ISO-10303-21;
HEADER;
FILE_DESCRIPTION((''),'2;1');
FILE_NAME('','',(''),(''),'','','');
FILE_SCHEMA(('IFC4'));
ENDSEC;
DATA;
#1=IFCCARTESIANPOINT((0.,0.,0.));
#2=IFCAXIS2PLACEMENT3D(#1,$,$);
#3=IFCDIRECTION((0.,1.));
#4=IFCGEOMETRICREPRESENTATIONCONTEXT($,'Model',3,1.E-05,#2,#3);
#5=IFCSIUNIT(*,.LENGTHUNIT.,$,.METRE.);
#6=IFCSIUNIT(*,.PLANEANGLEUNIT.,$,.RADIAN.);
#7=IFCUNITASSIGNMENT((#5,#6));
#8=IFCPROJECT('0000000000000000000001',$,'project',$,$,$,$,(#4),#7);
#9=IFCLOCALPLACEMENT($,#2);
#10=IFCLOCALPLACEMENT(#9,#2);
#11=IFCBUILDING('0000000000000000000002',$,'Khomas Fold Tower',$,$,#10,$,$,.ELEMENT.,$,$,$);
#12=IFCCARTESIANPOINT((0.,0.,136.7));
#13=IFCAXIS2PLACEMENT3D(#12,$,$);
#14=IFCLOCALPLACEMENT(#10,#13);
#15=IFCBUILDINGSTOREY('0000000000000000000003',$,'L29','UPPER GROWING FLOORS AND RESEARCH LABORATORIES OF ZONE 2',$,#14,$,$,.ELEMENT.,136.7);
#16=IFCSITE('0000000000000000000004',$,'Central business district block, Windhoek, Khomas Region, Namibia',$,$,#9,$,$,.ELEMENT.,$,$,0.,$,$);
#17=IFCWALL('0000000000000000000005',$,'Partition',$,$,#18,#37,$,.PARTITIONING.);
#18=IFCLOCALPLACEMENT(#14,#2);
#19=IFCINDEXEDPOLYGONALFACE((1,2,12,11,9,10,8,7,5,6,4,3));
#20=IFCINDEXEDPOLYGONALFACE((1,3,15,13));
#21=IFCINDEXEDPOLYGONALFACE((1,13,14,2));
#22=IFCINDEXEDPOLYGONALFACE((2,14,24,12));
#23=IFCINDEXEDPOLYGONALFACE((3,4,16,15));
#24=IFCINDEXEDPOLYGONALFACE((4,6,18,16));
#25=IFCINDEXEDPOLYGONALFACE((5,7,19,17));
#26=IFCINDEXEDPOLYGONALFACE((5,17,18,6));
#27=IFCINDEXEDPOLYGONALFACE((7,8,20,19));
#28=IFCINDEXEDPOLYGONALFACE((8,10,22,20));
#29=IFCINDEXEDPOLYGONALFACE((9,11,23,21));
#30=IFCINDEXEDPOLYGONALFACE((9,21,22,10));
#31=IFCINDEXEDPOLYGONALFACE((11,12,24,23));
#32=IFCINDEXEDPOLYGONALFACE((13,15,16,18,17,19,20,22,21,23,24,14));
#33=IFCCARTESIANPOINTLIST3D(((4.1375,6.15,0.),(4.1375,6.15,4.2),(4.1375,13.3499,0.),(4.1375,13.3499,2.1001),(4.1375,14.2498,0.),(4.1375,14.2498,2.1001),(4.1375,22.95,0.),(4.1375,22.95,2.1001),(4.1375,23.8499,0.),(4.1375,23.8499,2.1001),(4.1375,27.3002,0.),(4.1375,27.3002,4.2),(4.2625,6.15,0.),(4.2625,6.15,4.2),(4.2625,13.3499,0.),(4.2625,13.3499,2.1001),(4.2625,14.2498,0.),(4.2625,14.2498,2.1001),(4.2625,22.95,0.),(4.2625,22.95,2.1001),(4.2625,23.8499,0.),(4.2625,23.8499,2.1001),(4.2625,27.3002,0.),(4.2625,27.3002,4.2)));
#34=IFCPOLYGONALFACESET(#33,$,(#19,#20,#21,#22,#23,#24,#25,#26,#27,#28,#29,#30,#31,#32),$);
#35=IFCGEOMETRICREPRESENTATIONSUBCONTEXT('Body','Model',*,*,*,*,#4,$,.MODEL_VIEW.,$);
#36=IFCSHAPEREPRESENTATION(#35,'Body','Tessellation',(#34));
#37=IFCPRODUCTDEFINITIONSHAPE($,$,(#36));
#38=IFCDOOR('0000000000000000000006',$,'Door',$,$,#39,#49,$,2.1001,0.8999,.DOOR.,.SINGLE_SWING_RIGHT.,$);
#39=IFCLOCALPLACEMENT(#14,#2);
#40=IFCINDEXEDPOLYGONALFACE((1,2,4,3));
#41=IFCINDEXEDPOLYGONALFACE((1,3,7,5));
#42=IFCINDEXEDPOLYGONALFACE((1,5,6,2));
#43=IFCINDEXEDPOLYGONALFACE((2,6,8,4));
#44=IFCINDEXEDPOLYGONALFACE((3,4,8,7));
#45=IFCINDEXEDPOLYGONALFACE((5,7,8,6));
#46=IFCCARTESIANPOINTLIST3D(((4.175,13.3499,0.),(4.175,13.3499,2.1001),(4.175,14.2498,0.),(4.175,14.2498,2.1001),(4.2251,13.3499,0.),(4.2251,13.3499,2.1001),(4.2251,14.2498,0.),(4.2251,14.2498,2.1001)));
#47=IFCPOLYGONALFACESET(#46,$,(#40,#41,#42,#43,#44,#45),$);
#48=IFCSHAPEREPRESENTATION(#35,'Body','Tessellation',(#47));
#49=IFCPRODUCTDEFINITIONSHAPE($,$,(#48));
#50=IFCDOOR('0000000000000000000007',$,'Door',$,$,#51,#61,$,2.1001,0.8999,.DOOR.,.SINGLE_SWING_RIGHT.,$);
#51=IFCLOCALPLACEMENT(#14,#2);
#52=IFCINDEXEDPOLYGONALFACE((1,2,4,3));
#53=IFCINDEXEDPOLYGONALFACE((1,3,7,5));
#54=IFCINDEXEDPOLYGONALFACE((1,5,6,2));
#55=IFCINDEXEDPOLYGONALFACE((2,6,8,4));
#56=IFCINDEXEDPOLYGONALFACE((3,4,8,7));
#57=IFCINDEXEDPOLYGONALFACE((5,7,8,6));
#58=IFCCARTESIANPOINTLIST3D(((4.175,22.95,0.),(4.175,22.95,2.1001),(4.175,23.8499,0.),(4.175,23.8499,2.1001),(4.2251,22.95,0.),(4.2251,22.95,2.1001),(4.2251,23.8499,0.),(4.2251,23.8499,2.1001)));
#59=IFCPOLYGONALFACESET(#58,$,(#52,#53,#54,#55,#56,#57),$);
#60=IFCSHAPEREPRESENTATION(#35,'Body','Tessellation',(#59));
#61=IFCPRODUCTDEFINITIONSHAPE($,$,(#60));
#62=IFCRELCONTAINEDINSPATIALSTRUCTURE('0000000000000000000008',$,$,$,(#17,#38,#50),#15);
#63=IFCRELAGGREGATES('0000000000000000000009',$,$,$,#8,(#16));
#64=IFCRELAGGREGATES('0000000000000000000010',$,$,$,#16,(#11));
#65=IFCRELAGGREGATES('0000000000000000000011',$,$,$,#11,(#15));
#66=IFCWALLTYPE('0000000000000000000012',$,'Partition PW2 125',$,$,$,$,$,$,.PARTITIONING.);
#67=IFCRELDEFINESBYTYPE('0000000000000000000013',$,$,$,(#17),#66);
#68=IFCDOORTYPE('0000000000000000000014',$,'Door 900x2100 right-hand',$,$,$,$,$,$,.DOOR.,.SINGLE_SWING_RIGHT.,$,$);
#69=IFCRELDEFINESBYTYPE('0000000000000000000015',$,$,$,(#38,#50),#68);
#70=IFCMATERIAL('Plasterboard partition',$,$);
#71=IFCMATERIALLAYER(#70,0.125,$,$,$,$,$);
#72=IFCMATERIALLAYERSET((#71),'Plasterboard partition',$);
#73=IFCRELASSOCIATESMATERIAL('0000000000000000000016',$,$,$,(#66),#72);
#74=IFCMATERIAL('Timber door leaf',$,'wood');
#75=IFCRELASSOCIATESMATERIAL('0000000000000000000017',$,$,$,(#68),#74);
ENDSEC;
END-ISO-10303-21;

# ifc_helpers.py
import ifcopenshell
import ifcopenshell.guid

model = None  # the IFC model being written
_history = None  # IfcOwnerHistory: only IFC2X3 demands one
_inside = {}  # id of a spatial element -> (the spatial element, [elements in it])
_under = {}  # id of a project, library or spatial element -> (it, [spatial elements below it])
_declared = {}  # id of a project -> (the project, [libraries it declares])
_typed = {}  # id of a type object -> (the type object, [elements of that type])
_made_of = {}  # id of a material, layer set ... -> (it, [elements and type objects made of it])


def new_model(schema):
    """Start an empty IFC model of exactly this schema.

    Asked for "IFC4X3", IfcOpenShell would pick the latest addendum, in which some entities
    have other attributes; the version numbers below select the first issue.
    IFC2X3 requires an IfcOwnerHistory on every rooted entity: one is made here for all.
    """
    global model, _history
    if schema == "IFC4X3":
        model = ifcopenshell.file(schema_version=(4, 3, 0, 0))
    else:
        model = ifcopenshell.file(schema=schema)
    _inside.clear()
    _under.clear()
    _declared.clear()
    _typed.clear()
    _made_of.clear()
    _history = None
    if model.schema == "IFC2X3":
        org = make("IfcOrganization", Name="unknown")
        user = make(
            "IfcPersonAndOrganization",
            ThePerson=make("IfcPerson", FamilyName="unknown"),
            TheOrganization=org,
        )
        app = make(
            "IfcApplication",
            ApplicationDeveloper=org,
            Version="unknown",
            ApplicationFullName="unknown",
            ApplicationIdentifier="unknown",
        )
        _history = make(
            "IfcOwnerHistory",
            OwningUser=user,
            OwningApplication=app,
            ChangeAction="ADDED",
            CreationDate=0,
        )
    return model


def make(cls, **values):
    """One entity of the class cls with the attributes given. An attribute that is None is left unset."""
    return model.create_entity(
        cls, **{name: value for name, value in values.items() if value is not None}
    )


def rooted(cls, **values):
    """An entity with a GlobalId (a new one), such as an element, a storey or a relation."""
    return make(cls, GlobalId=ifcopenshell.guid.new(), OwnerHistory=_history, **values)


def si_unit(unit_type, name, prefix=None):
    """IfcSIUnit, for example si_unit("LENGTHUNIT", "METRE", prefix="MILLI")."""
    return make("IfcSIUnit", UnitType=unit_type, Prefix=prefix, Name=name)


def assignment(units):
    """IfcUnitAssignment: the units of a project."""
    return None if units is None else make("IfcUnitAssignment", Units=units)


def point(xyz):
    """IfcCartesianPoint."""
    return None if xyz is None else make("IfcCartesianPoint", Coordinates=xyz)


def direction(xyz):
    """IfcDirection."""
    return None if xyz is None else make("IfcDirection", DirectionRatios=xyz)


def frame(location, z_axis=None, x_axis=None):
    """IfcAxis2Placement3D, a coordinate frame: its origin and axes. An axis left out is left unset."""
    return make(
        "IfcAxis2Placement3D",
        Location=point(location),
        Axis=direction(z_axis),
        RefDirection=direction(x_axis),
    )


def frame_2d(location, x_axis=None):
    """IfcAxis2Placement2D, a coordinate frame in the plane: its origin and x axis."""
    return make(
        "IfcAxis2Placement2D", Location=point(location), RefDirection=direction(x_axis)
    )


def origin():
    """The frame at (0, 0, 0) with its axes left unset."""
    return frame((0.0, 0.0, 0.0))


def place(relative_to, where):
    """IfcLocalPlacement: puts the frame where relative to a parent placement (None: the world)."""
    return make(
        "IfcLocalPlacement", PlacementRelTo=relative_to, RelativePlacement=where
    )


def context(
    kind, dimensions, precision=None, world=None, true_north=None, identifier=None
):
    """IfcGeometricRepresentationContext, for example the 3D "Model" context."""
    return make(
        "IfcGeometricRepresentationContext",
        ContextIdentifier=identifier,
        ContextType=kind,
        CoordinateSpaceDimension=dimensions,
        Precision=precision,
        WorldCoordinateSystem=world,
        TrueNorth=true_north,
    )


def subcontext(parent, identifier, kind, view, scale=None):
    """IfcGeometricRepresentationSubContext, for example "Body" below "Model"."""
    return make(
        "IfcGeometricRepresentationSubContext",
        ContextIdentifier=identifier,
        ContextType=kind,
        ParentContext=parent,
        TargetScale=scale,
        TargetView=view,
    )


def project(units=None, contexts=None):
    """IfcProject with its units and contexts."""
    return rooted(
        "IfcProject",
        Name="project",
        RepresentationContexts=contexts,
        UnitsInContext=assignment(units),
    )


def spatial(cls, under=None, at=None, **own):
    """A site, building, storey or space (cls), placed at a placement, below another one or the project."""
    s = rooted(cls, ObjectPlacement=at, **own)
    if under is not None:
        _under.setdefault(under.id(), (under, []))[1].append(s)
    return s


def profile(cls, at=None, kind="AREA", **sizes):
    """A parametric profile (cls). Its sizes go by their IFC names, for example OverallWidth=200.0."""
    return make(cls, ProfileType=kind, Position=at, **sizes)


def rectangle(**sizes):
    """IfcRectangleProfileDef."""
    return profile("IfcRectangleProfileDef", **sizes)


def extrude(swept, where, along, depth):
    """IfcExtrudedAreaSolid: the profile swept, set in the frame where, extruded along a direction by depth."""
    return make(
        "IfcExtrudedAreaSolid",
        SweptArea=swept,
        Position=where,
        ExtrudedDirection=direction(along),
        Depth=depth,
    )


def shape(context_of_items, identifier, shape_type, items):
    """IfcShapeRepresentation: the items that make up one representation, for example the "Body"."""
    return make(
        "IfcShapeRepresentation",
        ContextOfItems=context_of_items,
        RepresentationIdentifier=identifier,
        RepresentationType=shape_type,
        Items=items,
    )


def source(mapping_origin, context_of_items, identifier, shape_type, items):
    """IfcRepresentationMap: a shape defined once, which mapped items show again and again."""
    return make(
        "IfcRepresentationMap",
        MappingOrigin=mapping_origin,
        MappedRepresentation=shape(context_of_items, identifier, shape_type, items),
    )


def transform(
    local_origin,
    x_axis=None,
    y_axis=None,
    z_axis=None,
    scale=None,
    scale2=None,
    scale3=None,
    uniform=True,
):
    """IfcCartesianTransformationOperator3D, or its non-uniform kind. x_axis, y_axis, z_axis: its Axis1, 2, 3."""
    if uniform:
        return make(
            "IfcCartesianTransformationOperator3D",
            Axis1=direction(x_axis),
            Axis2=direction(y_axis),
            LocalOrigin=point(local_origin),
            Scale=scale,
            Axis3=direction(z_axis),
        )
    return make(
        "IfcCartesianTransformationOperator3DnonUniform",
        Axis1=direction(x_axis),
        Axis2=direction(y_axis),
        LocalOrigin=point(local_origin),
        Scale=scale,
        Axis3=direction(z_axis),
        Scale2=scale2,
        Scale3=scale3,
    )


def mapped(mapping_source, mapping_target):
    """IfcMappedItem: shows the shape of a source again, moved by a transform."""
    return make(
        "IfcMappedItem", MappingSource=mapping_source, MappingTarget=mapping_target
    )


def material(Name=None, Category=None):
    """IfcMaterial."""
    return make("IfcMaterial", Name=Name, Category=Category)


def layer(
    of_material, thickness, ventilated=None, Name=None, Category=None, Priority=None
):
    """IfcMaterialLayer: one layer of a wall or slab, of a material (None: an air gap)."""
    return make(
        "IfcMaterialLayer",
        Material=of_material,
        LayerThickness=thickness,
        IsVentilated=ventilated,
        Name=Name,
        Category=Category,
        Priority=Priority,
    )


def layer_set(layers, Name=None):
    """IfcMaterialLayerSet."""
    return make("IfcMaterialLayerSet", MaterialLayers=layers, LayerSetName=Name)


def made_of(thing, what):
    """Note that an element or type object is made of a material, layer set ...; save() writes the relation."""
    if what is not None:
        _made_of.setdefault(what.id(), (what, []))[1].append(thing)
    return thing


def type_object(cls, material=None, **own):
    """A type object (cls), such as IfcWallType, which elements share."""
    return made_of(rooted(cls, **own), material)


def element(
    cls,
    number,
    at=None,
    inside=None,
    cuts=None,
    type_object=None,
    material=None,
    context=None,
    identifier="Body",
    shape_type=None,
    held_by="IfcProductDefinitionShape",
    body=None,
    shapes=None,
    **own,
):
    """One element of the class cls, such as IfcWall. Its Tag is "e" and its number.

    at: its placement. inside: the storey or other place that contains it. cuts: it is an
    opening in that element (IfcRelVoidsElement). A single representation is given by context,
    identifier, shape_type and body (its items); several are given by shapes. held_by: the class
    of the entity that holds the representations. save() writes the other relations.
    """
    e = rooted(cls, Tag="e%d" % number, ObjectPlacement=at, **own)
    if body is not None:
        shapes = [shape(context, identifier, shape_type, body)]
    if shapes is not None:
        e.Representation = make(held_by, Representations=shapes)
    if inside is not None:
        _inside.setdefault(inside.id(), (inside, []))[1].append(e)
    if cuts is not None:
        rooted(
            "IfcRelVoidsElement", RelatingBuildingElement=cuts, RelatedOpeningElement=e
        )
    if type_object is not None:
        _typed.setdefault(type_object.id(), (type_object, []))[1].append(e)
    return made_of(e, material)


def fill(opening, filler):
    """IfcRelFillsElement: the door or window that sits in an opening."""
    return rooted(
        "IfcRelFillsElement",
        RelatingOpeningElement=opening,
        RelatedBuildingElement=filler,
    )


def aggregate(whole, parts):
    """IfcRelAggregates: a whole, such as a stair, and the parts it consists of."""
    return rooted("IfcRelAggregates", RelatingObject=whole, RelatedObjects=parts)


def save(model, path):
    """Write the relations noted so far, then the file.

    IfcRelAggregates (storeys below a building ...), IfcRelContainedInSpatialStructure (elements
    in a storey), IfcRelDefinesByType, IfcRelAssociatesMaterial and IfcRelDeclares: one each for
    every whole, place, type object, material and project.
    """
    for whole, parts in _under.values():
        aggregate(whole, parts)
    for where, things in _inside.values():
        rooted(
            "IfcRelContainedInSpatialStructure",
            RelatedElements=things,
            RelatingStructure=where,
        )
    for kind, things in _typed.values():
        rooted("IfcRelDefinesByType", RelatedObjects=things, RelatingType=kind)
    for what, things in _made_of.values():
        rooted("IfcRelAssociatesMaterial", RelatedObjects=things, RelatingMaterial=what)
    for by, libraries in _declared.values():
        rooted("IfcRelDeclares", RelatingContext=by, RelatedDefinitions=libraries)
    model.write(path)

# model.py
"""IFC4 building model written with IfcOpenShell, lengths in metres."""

from ifc_helpers import new_model, si_unit, direction, frame, frame_2d, origin, place, context, subcontext, project, spatial, rectangle, extrude, source, transform, mapped, material, layer, layer_set, type_object, element, fill, save


model = new_model("IFC4")

# Units and contexts
model_context = context("Model", 3, precision=1e-05, world=origin(), true_north=direction((0.0, 1.0)))
body_context = subcontext(model_context, "Body", "Model", "MODEL_VIEW")
ifc_project = project(units=[si_unit("LENGTHUNIT", "METRE"), si_unit("PLANEANGLEUNIT", "RADIAN")], contexts=[model_context])

# Site, building, storey
site_placement = place(None, origin())
site = spatial("IfcSite", under=ifc_project, at=site_placement, Name="Central business district block, Windhoek, Khomas Region, Namibia", CompositionType="ELEMENT", RefElevation=0.0)
building_placement = place(site_placement, origin())
building = spatial("IfcBuilding", under=site, at=building_placement, Name="Khomas Fold Tower", CompositionType="ELEMENT")
storey_placement = place(building_placement, frame((0.0, 0.0, 136.7)))
storey = spatial("IfcBuildingStorey", under=building, at=storey_placement, Name="L29", Description="UPPER GROWING FLOORS AND RESEARCH LABORATORIES OF ZONE 2", CompositionType="ELEMENT", Elevation=136.7)

# Shared definitions
ifc_material_1 = material(Name="Plasterboard partition")
ifc_layer_1 = layer(ifc_material_1, 0.125)
ifc_layer_set_1 = layer_set([ifc_layer_1], Name="Plasterboard partition")
wall_type_1 = type_object("IfcWallType", Name="Partition PW2 125", PredefinedType="PARTITIONING", material=ifc_layer_set_1)
shared_shape_1 = source(origin(), body_context, "Body", "SweptSolid", [
    extrude(rectangle(XDim=0.8999, YDim=2.1001, at=frame_2d((0.45, 1.05))), frame((0.0, 0.0725, 0.0), z_axis=(0.0, -1.0, 0.0), x_axis=(1.0, 0.0, 0.0)), (0.0, 0.0, 1.0), 0.145),
])
ifc_material_2 = material(Name="Timber door leaf", Category="wood")
door_type = type_object("IfcDoorType", Name="Door 900x2100 right-hand", OperationType="SINGLE_SWING_RIGHT", PredefinedType="DOOR", material=ifc_material_2)
shared_shape_2 = source(origin(), body_context, "Body", "SweptSolid", [
    extrude(rectangle(XDim=0.8999, YDim=2.1001, at=frame_2d((0.45, 1.05))), frame((0.0, 0.0249, 0.0), z_axis=(0.0, -1.0, 0.0), x_axis=(1.0, 0.0, 0.0)), (0.0, 0.0, 1.0), 0.05),
])

# Wall, openings, doors
shared_shape_3 = source(origin(), body_context, "Body", "SweptSolid", [
    extrude(rectangle(XDim=21.1501, YDim=0.125, at=frame_2d((10.5752, 0.0))), origin(), (0.0, 0.0, 1.0), 4.2),
])
wall_1_placement = place(storey_placement, frame((4.2, 6.1499, 0.0), z_axis=(0.0, 0.0, 1.0), x_axis=(0.0, 1.0, 0.0)))
wall_1 = element("IfcWall", 1, at=wall_1_placement, inside=storey, type_object=wall_type_1, Name="Partition", PredefinedType="PARTITIONING", context=body_context, shape_type="MappedRepresentation", body=[
    mapped(shared_shape_3, transform((0.0, 0.0, 0.0))),
])
opening_1_placement = place(wall_1_placement, frame((7.2, 0.0, 0.0)))
opening_1 = element("IfcOpeningElement", 2, at=opening_1_placement, cuts=wall_1, PredefinedType="OPENING", context=body_context, shape_type="MappedRepresentation", body=[
    mapped(shared_shape_1, transform((0.0, 0.0, 0.0))),
])
opening_2_placement = place(wall_1_placement, frame((16.8, 0.0, 0.0)))
opening_2 = element("IfcOpeningElement", 3, at=opening_2_placement, cuts=wall_1, PredefinedType="OPENING", context=body_context, shape_type="MappedRepresentation", body=[
    mapped(shared_shape_1, transform((0.0, 0.0, 0.0))),
])
door_1_placement = place(opening_1_placement, origin())
door_1 = element("IfcDoor", 4, at=door_1_placement, inside=storey, type_object=door_type, Name="Door", OperationType="SINGLE_SWING_RIGHT", OverallHeight=2.1001, OverallWidth=0.8999, PredefinedType="DOOR", context=body_context, shape_type="MappedRepresentation", body=[
    mapped(shared_shape_2, transform((0.0, 0.0, 0.0))),
])
fill(opening_1, door_1)
door_2_placement = place(opening_2_placement, origin())
door_2 = element("IfcDoor", 5, at=door_2_placement, inside=storey, type_object=door_type, Name="Door", OperationType="SINGLE_SWING_RIGHT", OverallHeight=2.1001, OverallWidth=0.8999, PredefinedType="DOOR", context=body_context, shape_type="MappedRepresentation", body=[
    mapped(shared_shape_2, transform((0.0, 0.0, 0.0))),
])
fill(opening_2, door_2)

save(model, "model.ifc")
